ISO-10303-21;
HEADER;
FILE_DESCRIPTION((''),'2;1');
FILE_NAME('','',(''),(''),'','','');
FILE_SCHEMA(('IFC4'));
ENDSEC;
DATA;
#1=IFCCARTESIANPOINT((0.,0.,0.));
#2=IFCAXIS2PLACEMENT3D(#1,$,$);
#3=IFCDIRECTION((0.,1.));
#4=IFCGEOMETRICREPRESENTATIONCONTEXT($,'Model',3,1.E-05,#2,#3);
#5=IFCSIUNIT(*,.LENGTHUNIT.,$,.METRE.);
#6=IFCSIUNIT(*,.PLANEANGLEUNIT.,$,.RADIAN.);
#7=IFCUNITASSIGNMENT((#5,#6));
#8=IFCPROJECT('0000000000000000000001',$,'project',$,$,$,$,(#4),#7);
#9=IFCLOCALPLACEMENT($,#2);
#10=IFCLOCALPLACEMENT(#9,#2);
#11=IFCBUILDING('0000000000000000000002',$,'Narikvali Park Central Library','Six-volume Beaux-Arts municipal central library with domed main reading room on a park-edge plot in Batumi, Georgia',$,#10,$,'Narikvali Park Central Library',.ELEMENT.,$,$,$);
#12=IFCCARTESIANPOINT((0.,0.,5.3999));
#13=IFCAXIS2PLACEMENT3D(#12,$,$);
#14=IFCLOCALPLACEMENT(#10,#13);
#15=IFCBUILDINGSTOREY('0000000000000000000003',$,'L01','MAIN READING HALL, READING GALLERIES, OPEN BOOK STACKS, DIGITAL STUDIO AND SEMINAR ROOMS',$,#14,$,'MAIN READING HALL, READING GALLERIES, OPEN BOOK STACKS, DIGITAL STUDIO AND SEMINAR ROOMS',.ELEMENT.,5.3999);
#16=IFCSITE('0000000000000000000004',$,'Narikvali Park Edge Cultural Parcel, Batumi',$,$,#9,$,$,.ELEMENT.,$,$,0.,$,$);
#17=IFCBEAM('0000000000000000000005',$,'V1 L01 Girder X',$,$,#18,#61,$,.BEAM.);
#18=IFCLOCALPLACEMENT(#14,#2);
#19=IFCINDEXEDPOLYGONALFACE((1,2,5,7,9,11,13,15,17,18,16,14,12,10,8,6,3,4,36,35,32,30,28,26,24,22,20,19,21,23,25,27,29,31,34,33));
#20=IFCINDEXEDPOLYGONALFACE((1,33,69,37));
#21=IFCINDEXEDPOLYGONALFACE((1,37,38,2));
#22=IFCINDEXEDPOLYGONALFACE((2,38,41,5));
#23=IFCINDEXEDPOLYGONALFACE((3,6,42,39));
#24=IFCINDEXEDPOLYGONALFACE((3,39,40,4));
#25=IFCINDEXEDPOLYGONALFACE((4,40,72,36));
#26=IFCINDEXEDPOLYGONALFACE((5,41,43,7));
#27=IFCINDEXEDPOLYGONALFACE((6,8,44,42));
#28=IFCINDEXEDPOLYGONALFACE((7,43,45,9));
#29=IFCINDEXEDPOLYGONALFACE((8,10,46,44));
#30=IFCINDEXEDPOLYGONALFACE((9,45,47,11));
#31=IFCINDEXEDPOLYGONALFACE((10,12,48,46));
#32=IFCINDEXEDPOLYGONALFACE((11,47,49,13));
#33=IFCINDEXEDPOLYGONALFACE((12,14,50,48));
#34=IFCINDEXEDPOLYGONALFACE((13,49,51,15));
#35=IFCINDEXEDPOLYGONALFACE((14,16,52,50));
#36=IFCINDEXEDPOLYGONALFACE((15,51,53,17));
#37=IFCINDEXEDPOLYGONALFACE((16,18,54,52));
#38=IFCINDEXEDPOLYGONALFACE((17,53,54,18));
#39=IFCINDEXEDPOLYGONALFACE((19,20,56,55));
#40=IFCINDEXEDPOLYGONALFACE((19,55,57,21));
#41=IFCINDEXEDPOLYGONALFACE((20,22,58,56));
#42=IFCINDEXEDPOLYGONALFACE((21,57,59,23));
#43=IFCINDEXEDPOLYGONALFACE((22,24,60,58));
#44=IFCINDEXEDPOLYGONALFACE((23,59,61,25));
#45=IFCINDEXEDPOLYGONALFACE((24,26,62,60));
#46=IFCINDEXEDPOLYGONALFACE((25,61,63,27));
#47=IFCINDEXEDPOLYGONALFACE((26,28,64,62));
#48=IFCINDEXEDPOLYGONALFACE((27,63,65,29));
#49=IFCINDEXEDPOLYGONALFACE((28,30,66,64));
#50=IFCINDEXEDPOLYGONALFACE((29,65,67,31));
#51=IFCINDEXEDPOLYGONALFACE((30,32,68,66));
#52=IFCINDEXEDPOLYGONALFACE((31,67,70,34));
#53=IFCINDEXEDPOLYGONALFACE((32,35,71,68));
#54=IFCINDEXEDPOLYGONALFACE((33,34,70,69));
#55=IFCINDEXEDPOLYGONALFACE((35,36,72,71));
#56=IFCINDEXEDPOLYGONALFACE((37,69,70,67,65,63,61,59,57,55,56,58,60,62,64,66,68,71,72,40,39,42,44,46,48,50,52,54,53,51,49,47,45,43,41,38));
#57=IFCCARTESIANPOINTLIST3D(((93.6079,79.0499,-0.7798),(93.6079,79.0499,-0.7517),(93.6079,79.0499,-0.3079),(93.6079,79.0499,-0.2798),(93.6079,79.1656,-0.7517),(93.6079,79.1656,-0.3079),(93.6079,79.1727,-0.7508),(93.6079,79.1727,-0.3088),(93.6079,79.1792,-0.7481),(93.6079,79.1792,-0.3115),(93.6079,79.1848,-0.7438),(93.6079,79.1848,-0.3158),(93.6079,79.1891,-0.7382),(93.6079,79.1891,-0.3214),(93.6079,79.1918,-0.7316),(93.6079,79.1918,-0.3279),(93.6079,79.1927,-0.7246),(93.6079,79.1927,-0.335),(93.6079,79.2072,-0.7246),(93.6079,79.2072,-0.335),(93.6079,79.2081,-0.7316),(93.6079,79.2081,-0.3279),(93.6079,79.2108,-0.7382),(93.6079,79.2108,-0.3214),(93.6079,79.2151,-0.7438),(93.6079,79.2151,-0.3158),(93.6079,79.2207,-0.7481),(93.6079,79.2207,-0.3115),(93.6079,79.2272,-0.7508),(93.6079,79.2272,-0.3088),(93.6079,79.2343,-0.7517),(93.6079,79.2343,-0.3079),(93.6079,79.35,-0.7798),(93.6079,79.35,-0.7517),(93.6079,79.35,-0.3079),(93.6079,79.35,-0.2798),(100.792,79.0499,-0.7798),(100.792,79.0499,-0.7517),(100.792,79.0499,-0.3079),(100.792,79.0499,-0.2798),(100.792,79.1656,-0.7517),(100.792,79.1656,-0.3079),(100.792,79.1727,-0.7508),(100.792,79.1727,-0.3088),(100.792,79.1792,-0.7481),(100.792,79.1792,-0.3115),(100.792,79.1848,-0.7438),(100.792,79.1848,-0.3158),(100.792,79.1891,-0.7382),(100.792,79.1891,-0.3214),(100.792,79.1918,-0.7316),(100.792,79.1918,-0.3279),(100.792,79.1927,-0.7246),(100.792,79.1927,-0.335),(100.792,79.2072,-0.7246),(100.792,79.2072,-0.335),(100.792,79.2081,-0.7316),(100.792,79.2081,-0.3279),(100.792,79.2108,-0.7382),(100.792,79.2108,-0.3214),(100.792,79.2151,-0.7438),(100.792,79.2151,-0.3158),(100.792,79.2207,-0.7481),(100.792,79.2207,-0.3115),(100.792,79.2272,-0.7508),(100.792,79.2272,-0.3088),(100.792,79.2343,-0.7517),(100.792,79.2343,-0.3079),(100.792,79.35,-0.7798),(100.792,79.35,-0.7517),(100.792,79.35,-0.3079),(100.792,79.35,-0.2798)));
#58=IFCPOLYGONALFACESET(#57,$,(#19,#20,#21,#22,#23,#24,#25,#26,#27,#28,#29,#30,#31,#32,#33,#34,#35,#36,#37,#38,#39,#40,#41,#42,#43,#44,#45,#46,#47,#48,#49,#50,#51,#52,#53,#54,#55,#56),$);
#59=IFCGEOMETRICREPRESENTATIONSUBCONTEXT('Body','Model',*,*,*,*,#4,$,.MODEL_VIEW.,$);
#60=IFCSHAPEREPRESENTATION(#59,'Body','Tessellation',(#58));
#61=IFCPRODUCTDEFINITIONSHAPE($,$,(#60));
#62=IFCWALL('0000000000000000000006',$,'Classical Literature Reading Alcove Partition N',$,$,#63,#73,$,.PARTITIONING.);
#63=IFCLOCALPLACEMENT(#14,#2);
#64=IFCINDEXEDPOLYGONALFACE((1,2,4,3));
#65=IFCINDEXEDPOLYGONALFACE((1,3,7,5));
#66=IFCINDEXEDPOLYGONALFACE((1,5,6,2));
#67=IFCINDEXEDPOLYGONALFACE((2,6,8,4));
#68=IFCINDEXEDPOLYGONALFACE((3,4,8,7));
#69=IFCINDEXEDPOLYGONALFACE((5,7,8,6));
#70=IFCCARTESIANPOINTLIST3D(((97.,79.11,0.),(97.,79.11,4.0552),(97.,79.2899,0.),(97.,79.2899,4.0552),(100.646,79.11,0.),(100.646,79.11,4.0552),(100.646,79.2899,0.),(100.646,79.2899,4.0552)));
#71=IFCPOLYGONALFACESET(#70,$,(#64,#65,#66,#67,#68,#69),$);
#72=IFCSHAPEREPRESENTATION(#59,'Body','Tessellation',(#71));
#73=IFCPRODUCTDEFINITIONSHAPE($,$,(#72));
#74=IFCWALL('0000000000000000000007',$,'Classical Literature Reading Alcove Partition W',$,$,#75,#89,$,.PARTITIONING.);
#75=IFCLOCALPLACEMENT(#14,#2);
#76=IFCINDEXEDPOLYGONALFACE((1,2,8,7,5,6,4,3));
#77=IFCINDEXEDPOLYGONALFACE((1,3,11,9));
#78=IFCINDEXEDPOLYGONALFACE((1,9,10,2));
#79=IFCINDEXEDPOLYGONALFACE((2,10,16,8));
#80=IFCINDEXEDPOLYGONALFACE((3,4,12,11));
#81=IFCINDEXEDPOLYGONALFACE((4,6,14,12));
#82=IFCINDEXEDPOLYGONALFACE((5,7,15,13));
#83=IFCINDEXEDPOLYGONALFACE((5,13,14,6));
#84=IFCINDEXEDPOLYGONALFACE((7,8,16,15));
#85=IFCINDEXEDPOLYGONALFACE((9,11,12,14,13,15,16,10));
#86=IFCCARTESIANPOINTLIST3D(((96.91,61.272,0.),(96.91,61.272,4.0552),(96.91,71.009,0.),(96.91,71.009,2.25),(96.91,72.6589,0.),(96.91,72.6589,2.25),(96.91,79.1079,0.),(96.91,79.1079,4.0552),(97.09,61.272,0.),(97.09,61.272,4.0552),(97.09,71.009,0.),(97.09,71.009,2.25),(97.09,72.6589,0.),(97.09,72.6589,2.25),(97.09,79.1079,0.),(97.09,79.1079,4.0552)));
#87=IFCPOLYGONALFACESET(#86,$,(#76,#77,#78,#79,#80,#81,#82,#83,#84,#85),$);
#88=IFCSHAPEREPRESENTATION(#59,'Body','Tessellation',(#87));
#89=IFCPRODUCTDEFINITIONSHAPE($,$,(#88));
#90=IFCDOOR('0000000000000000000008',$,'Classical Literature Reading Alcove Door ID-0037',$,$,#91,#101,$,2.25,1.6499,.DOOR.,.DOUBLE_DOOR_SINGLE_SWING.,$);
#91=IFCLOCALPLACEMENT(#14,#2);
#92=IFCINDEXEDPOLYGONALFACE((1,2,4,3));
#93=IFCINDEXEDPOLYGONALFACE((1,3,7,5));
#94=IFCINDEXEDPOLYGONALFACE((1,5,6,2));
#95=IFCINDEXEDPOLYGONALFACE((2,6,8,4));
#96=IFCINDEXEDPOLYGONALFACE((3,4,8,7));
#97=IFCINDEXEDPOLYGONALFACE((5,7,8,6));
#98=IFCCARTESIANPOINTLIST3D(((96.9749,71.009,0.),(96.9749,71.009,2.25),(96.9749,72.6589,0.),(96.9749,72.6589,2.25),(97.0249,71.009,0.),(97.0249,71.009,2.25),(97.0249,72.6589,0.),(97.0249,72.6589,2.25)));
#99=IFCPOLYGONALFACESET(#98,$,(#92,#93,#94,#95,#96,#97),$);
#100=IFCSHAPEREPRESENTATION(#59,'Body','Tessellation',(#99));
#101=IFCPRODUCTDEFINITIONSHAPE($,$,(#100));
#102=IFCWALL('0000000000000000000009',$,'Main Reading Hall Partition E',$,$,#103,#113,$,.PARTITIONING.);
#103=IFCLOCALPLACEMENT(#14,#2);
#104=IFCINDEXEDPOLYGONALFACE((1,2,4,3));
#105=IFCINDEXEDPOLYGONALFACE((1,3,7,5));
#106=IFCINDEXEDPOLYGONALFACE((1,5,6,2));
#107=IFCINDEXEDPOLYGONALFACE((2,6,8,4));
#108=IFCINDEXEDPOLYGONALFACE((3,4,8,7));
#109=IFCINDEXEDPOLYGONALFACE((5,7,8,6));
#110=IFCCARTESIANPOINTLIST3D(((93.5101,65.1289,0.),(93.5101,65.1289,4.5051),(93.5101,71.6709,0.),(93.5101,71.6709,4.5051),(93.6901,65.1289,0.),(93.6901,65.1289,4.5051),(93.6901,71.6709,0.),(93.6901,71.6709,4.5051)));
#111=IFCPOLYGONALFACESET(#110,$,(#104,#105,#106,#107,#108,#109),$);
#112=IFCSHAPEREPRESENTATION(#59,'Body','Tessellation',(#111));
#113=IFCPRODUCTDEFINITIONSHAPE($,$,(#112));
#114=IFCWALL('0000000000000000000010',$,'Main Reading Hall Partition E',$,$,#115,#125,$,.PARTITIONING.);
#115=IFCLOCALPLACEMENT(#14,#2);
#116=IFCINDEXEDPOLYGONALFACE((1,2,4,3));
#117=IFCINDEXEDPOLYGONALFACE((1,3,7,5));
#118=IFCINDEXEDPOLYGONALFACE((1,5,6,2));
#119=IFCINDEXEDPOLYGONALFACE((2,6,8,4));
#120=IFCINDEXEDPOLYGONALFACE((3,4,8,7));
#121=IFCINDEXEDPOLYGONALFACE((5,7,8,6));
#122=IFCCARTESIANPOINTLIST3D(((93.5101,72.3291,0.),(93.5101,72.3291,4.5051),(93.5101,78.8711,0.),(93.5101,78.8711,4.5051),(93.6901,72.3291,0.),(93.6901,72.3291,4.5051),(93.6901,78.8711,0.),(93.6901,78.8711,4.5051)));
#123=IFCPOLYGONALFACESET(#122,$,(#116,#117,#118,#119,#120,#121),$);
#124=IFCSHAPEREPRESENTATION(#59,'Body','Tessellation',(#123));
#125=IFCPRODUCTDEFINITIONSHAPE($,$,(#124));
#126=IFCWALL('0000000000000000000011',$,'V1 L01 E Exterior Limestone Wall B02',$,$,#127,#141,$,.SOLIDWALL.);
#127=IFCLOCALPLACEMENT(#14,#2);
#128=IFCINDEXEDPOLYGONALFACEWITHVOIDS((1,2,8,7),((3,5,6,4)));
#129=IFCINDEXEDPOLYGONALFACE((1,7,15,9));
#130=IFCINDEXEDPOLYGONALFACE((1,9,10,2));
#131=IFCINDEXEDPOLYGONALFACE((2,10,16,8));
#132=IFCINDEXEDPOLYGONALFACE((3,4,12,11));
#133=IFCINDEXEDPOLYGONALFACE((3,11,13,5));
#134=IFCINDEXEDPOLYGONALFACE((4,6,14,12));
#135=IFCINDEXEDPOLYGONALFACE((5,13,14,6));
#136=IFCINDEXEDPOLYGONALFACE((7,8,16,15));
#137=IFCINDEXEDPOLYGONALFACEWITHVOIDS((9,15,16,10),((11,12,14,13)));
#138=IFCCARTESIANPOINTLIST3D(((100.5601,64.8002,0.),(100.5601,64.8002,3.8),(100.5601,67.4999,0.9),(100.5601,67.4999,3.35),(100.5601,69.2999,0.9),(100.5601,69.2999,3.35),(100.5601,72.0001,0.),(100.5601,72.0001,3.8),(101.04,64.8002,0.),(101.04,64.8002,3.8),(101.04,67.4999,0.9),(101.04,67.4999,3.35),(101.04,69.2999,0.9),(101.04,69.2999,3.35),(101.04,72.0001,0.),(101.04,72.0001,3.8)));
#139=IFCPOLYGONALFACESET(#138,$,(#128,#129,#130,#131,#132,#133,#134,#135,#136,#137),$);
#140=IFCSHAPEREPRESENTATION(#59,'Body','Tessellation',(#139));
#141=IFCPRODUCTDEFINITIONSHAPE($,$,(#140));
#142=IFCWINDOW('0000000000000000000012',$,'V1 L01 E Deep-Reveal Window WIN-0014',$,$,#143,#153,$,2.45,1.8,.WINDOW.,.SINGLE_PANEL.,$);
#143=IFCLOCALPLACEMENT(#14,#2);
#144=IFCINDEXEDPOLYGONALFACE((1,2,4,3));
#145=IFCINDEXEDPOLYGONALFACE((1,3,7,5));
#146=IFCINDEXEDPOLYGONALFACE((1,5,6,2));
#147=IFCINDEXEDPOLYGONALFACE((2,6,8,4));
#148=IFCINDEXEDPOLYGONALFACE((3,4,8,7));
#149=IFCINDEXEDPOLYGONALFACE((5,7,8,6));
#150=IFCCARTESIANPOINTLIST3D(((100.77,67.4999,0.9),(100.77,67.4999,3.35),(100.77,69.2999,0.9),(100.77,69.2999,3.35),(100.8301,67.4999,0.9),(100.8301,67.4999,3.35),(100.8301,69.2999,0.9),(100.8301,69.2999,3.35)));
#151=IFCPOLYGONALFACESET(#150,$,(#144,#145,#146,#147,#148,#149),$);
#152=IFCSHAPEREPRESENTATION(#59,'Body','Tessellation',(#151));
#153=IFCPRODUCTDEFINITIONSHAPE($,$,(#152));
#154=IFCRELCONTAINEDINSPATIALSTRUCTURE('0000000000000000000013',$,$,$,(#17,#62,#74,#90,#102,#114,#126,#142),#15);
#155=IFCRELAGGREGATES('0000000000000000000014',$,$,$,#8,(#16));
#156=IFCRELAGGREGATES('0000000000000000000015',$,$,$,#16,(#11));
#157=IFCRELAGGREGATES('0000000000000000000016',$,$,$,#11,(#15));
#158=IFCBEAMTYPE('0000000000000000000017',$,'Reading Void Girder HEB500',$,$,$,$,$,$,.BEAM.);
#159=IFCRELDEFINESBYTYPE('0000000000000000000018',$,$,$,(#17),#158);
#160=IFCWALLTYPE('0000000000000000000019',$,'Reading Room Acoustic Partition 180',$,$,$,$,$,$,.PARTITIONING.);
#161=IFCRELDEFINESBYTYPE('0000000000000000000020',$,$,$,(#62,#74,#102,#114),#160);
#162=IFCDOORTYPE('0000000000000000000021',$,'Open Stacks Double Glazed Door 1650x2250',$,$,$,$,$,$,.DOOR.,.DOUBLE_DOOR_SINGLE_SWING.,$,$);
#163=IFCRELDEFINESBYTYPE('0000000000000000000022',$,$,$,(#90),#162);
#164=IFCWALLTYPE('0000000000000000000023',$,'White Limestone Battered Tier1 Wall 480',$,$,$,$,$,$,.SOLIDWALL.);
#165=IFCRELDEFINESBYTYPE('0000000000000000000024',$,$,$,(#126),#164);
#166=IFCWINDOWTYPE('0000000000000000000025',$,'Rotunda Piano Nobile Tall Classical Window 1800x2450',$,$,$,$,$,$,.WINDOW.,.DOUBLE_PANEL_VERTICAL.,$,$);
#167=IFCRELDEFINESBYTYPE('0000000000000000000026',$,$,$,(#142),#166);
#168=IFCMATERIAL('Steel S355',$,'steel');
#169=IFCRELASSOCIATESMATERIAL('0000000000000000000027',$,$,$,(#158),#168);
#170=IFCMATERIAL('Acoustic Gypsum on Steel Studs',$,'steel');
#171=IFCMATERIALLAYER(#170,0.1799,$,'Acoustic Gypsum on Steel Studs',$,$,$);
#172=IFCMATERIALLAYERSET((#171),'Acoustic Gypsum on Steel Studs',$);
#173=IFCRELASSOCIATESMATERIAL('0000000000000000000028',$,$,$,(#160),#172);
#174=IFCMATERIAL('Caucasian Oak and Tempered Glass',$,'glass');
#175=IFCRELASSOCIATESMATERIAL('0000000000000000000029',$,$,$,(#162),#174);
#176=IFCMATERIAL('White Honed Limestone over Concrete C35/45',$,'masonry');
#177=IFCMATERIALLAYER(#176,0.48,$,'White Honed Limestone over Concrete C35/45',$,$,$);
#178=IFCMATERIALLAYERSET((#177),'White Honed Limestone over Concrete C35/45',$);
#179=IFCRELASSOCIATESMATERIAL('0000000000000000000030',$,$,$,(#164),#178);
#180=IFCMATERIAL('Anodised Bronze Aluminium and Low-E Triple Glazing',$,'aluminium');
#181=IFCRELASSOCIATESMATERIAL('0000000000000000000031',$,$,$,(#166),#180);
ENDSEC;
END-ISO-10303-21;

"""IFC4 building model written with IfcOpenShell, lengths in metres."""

from ifc_helpers import new_model, si_unit, direction, frame, frame_2d, origin, origin_2d, place, context, subcontext, project, spatial, rectangle, i_section, extrude, material, layer, layer_set, material_profile, profile_set, type_object, element, fill, save


model = new_model("IFC4")

# Units and contexts
model_context = context("Model", 3, precision=1e-05, world=origin(), true_north=direction((0.0, 1.0)))
body_context = subcontext(model_context, "Body", "Model", "MODEL_VIEW")
ifc_project = project(units=[si_unit("LENGTHUNIT", "METRE"), si_unit("PLANEANGLEUNIT", "RADIAN")], contexts=[model_context])

# Site, building, storey
site_placement = place(None, origin())
site = spatial("IfcSite", under=ifc_project, at=site_placement, Name="Narikvali Park Edge Cultural Parcel, Batumi", CompositionType="ELEMENT", RefElevation=0.0)
building_placement = place(site_placement, origin())
building = spatial("IfcBuilding", under=site, at=building_placement, Name="Narikvali Park Central Library", Description="Six-volume Beaux-Arts municipal central library with domed main reading room on a park-edge plot in Batumi, Georgia", LongName="Narikvali Park Central Library", CompositionType="ELEMENT")
storey_placement = place(building_placement, frame((0.0, 0.0, 5.3999)))
storey = spatial("IfcBuildingStorey", under=building, at=storey_placement, Name="L01", Description="MAIN READING HALL, READING GALLERIES, OPEN BOOK STACKS, DIGITAL STUDIO AND SEMINAR ROOMS", LongName="MAIN READING HALL, READING GALLERIES, OPEN BOOK STACKS, DIGITAL STUDIO AND SEMINAR ROOMS", CompositionType="ELEMENT", Elevation=5.3999)

# Shared definitions
ifc_material_1 = material(Name="Steel S355", Category="steel")

# Beam
ifc_material_profile_1 = material_profile(ifc_material_1, i_section(OverallWidth=0.3, OverallDepth=0.5, WebThickness=0.0144, FlangeThickness=0.0281, FilletRadius=0.0271, at=origin_2d()), Name="HEB 500")
ifc_profile_set_1 = profile_set([ifc_material_profile_1], Name="Steel S355")
beam_type_1 = type_object("IfcBeamType", Name="Reading Void Girder HEB500", PredefinedType="BEAM", material=ifc_profile_set_1)
for number, where, z_axis, x_axis, name in (
    (1, (93.6079, 79.2, -0.5298), (1.0, 0.0, 0.0), (0.0, 1.0, 0.0), "V1 L01 Girder X"),
):
    element("IfcBeam", number, at=place(storey_placement, frame(where, z_axis=z_axis, x_axis=x_axis)), inside=storey, type_object=beam_type_1, Name=name, PredefinedType="BEAM", context=body_context, shape_type="SweptSolid", body=[
        extrude(i_section(OverallWidth=0.3, OverallDepth=0.5, WebThickness=0.0144, FlangeThickness=0.0281, FilletRadius=0.0271, at=origin_2d()), origin(), (0.0, 0.0, 1.0), 7.1841),
    ])

# Wall
ifc_material_2 = material(Name="Acoustic Gypsum on Steel Studs", Category="steel")
ifc_layer_1 = layer(ifc_material_2, 0.1799, Name="Acoustic Gypsum on Steel Studs")
ifc_layer_set_1 = layer_set([ifc_layer_1], Name="Acoustic Gypsum on Steel Studs")
wall_type_1 = type_object("IfcWallType", Name="Reading Room Acoustic Partition 180", PredefinedType="PARTITIONING", material=ifc_layer_set_1)
wall_1_placement = place(storey_placement, frame((97.0, 79.2, 0.0), z_axis=(0.0, 0.0, 1.0), x_axis=(1.0, 0.0, 0.0)))
element("IfcWall", 2, at=wall_1_placement, inside=storey, type_object=wall_type_1, Name="Classical Literature Reading Alcove Partition N", PredefinedType="PARTITIONING", context=body_context, shape_type="SweptSolid", body=[
    extrude(rectangle(XDim=3.646, YDim=0.1799, at=frame_2d((1.823, 0.0))), origin(), (0.0, 0.0, 1.0), 4.0552),
])

# Wall, opening, door
wall_2_placement = place(storey_placement, frame((97.0, 61.272, 0.0), z_axis=(0.0, 0.0, 1.0), x_axis=(0.0, 1.0, 0.0)))
wall_2 = element("IfcWall", 3, at=wall_2_placement, inside=storey, type_object=wall_type_1, Name="Classical Literature Reading Alcove Partition W", PredefinedType="PARTITIONING", context=body_context, shape_type="SweptSolid", body=[
    extrude(rectangle(XDim=17.8359, YDim=0.1799, at=frame_2d((8.918, 0.0))), origin(), (0.0, 0.0, 1.0), 4.0552),
])
opening_1_placement = place(wall_2_placement, frame((9.7371, 0.0, 0.0)))
opening_1 = element("IfcOpeningElement", 4, at=opening_1_placement, cuts=wall_2, PredefinedType="OPENING", context=body_context, shape_type="SweptSolid", body=[
    extrude(rectangle(XDim=1.6499, YDim=2.25, at=frame_2d((0.825, 1.125))), frame((0.0, 0.1021, 0.0), z_axis=(0.0, -1.0, 0.0), x_axis=(1.0, 0.0, 0.0)), (0.0, 0.0, 1.0), 0.2039),
])
ifc_material_3 = material(Name="Caucasian Oak and Tempered Glass", Category="glass")
door_type = type_object("IfcDoorType", Name="Open Stacks Double Glazed Door 1650x2250", OperationType="DOUBLE_DOOR_SINGLE_SWING", PredefinedType="DOOR", material=ifc_material_3)
door_placement = place(opening_1_placement, frame((1.6499, 0.0, 0.0), z_axis=(0.0, 0.0, 1.0), x_axis=(-1.0, 0.0, 0.0)))
door = element("IfcDoor", 5, at=door_placement, inside=storey, type_object=door_type, Name="Classical Literature Reading Alcove Door ID-0037", OperationType="DOUBLE_DOOR_SINGLE_SWING", OverallHeight=2.25, OverallWidth=1.6499, PredefinedType="DOOR", context=body_context, shape_type="SweptSolid", body=[
    extrude(rectangle(XDim=1.6499, YDim=2.25, at=frame_2d((0.825, 1.125))), frame((0.0, 0.0249, 0.0), z_axis=(0.0, -1.0, 0.0), x_axis=(1.0, 0.0, 0.0)), (0.0, 0.0, 1.0), 0.05),
])
fill(opening_1, door)

# Walls
for number, where, z_axis, x_axis, name in (
    (6, (93.6001, 65.1289, 0.0), (0.0, 0.0, 1.0), (0.0, 1.0, 0.0), "Main Reading Hall Partition E"),
    (7, (93.6001, 72.3291, 0.0), (0.0, 0.0, 1.0), (0.0, 1.0, 0.0), "Main Reading Hall Partition E"),
):
    element("IfcWall", number, at=place(storey_placement, frame(where, z_axis=z_axis, x_axis=x_axis)), inside=storey, type_object=wall_type_1, Name=name, PredefinedType="PARTITIONING", context=body_context, shape_type="SweptSolid", body=[
        extrude(rectangle(XDim=6.542, YDim=0.1799, at=frame_2d((3.271, 0.0))), origin(), (0.0, 0.0, 1.0), 4.5051),
    ])

# Wall, opening, window
ifc_material_4 = material(Name="White Honed Limestone over Concrete C35/45", Category="masonry")
ifc_layer_2 = layer(ifc_material_4, 0.48, Name="White Honed Limestone over Concrete C35/45")
ifc_layer_set_2 = layer_set([ifc_layer_2], Name="White Honed Limestone over Concrete C35/45")
wall_type_2 = type_object("IfcWallType", Name="White Limestone Battered Tier1 Wall 480", PredefinedType="SOLIDWALL", material=ifc_layer_set_2)
wall_3_placement = place(storey_placement, frame((100.8, 64.8, 0.0), z_axis=(0.0, 0.0, 1.0), x_axis=(0.0, 1.0, 0.0)))
wall_3 = element("IfcWall", 8, at=wall_3_placement, inside=storey, type_object=wall_type_2, Name="V1 L01 E Exterior Limestone Wall B02", PredefinedType="SOLIDWALL", context=body_context, shape_type="SweptSolid", body=[
    extrude(rectangle(XDim=7.2, YDim=0.48, at=frame_2d((3.6001, 0.0))), origin(), (0.0, 0.0, 1.0), 3.8),
])
opening_2_placement = place(wall_3_placement, frame((2.7, 0.0, 0.8999)))
opening_2 = element("IfcOpeningElement", 9, at=opening_2_placement, cuts=wall_3, PredefinedType="OPENING", context=body_context, shape_type="SweptSolid", body=[
    extrude(rectangle(XDim=1.8, YDim=2.45, at=frame_2d((0.8999, 1.2251))), frame((0.0, 0.252, 0.0), z_axis=(0.0, -1.0, 0.0), x_axis=(1.0, 0.0, 0.0)), (0.0, 0.0, 1.0), 0.5039),
])
ifc_material_5 = material(Name="Anodised Bronze Aluminium and Low-E Triple Glazing", Category="aluminium")
window_type = type_object("IfcWindowType", Name="Rotunda Piano Nobile Tall Classical Window 1800x2450", PartitioningType="DOUBLE_PANEL_VERTICAL", PredefinedType="WINDOW", material=ifc_material_5)
window_1_placement = place(opening_2_placement, origin())
window_1 = element("IfcWindow", 10, at=window_1_placement, inside=storey, type_object=window_type, Name="V1 L01 E Deep-Reveal Window WIN-0014", OverallHeight=2.45, OverallWidth=1.8, PartitioningType="SINGLE_PANEL", PredefinedType="WINDOW", context=body_context, shape_type="SweptSolid", body=[
    extrude(rectangle(XDim=1.8, YDim=2.45, at=frame_2d((0.8999, 1.2251))), frame((0.0, 0.03, 0.0), z_axis=(0.0, -1.0, 0.0), x_axis=(1.0, 0.0, 0.0)), (0.0, 0.0, 1.0), 0.0601),
])
fill(opening_2, window_1)

save(model, "model.ifc")
